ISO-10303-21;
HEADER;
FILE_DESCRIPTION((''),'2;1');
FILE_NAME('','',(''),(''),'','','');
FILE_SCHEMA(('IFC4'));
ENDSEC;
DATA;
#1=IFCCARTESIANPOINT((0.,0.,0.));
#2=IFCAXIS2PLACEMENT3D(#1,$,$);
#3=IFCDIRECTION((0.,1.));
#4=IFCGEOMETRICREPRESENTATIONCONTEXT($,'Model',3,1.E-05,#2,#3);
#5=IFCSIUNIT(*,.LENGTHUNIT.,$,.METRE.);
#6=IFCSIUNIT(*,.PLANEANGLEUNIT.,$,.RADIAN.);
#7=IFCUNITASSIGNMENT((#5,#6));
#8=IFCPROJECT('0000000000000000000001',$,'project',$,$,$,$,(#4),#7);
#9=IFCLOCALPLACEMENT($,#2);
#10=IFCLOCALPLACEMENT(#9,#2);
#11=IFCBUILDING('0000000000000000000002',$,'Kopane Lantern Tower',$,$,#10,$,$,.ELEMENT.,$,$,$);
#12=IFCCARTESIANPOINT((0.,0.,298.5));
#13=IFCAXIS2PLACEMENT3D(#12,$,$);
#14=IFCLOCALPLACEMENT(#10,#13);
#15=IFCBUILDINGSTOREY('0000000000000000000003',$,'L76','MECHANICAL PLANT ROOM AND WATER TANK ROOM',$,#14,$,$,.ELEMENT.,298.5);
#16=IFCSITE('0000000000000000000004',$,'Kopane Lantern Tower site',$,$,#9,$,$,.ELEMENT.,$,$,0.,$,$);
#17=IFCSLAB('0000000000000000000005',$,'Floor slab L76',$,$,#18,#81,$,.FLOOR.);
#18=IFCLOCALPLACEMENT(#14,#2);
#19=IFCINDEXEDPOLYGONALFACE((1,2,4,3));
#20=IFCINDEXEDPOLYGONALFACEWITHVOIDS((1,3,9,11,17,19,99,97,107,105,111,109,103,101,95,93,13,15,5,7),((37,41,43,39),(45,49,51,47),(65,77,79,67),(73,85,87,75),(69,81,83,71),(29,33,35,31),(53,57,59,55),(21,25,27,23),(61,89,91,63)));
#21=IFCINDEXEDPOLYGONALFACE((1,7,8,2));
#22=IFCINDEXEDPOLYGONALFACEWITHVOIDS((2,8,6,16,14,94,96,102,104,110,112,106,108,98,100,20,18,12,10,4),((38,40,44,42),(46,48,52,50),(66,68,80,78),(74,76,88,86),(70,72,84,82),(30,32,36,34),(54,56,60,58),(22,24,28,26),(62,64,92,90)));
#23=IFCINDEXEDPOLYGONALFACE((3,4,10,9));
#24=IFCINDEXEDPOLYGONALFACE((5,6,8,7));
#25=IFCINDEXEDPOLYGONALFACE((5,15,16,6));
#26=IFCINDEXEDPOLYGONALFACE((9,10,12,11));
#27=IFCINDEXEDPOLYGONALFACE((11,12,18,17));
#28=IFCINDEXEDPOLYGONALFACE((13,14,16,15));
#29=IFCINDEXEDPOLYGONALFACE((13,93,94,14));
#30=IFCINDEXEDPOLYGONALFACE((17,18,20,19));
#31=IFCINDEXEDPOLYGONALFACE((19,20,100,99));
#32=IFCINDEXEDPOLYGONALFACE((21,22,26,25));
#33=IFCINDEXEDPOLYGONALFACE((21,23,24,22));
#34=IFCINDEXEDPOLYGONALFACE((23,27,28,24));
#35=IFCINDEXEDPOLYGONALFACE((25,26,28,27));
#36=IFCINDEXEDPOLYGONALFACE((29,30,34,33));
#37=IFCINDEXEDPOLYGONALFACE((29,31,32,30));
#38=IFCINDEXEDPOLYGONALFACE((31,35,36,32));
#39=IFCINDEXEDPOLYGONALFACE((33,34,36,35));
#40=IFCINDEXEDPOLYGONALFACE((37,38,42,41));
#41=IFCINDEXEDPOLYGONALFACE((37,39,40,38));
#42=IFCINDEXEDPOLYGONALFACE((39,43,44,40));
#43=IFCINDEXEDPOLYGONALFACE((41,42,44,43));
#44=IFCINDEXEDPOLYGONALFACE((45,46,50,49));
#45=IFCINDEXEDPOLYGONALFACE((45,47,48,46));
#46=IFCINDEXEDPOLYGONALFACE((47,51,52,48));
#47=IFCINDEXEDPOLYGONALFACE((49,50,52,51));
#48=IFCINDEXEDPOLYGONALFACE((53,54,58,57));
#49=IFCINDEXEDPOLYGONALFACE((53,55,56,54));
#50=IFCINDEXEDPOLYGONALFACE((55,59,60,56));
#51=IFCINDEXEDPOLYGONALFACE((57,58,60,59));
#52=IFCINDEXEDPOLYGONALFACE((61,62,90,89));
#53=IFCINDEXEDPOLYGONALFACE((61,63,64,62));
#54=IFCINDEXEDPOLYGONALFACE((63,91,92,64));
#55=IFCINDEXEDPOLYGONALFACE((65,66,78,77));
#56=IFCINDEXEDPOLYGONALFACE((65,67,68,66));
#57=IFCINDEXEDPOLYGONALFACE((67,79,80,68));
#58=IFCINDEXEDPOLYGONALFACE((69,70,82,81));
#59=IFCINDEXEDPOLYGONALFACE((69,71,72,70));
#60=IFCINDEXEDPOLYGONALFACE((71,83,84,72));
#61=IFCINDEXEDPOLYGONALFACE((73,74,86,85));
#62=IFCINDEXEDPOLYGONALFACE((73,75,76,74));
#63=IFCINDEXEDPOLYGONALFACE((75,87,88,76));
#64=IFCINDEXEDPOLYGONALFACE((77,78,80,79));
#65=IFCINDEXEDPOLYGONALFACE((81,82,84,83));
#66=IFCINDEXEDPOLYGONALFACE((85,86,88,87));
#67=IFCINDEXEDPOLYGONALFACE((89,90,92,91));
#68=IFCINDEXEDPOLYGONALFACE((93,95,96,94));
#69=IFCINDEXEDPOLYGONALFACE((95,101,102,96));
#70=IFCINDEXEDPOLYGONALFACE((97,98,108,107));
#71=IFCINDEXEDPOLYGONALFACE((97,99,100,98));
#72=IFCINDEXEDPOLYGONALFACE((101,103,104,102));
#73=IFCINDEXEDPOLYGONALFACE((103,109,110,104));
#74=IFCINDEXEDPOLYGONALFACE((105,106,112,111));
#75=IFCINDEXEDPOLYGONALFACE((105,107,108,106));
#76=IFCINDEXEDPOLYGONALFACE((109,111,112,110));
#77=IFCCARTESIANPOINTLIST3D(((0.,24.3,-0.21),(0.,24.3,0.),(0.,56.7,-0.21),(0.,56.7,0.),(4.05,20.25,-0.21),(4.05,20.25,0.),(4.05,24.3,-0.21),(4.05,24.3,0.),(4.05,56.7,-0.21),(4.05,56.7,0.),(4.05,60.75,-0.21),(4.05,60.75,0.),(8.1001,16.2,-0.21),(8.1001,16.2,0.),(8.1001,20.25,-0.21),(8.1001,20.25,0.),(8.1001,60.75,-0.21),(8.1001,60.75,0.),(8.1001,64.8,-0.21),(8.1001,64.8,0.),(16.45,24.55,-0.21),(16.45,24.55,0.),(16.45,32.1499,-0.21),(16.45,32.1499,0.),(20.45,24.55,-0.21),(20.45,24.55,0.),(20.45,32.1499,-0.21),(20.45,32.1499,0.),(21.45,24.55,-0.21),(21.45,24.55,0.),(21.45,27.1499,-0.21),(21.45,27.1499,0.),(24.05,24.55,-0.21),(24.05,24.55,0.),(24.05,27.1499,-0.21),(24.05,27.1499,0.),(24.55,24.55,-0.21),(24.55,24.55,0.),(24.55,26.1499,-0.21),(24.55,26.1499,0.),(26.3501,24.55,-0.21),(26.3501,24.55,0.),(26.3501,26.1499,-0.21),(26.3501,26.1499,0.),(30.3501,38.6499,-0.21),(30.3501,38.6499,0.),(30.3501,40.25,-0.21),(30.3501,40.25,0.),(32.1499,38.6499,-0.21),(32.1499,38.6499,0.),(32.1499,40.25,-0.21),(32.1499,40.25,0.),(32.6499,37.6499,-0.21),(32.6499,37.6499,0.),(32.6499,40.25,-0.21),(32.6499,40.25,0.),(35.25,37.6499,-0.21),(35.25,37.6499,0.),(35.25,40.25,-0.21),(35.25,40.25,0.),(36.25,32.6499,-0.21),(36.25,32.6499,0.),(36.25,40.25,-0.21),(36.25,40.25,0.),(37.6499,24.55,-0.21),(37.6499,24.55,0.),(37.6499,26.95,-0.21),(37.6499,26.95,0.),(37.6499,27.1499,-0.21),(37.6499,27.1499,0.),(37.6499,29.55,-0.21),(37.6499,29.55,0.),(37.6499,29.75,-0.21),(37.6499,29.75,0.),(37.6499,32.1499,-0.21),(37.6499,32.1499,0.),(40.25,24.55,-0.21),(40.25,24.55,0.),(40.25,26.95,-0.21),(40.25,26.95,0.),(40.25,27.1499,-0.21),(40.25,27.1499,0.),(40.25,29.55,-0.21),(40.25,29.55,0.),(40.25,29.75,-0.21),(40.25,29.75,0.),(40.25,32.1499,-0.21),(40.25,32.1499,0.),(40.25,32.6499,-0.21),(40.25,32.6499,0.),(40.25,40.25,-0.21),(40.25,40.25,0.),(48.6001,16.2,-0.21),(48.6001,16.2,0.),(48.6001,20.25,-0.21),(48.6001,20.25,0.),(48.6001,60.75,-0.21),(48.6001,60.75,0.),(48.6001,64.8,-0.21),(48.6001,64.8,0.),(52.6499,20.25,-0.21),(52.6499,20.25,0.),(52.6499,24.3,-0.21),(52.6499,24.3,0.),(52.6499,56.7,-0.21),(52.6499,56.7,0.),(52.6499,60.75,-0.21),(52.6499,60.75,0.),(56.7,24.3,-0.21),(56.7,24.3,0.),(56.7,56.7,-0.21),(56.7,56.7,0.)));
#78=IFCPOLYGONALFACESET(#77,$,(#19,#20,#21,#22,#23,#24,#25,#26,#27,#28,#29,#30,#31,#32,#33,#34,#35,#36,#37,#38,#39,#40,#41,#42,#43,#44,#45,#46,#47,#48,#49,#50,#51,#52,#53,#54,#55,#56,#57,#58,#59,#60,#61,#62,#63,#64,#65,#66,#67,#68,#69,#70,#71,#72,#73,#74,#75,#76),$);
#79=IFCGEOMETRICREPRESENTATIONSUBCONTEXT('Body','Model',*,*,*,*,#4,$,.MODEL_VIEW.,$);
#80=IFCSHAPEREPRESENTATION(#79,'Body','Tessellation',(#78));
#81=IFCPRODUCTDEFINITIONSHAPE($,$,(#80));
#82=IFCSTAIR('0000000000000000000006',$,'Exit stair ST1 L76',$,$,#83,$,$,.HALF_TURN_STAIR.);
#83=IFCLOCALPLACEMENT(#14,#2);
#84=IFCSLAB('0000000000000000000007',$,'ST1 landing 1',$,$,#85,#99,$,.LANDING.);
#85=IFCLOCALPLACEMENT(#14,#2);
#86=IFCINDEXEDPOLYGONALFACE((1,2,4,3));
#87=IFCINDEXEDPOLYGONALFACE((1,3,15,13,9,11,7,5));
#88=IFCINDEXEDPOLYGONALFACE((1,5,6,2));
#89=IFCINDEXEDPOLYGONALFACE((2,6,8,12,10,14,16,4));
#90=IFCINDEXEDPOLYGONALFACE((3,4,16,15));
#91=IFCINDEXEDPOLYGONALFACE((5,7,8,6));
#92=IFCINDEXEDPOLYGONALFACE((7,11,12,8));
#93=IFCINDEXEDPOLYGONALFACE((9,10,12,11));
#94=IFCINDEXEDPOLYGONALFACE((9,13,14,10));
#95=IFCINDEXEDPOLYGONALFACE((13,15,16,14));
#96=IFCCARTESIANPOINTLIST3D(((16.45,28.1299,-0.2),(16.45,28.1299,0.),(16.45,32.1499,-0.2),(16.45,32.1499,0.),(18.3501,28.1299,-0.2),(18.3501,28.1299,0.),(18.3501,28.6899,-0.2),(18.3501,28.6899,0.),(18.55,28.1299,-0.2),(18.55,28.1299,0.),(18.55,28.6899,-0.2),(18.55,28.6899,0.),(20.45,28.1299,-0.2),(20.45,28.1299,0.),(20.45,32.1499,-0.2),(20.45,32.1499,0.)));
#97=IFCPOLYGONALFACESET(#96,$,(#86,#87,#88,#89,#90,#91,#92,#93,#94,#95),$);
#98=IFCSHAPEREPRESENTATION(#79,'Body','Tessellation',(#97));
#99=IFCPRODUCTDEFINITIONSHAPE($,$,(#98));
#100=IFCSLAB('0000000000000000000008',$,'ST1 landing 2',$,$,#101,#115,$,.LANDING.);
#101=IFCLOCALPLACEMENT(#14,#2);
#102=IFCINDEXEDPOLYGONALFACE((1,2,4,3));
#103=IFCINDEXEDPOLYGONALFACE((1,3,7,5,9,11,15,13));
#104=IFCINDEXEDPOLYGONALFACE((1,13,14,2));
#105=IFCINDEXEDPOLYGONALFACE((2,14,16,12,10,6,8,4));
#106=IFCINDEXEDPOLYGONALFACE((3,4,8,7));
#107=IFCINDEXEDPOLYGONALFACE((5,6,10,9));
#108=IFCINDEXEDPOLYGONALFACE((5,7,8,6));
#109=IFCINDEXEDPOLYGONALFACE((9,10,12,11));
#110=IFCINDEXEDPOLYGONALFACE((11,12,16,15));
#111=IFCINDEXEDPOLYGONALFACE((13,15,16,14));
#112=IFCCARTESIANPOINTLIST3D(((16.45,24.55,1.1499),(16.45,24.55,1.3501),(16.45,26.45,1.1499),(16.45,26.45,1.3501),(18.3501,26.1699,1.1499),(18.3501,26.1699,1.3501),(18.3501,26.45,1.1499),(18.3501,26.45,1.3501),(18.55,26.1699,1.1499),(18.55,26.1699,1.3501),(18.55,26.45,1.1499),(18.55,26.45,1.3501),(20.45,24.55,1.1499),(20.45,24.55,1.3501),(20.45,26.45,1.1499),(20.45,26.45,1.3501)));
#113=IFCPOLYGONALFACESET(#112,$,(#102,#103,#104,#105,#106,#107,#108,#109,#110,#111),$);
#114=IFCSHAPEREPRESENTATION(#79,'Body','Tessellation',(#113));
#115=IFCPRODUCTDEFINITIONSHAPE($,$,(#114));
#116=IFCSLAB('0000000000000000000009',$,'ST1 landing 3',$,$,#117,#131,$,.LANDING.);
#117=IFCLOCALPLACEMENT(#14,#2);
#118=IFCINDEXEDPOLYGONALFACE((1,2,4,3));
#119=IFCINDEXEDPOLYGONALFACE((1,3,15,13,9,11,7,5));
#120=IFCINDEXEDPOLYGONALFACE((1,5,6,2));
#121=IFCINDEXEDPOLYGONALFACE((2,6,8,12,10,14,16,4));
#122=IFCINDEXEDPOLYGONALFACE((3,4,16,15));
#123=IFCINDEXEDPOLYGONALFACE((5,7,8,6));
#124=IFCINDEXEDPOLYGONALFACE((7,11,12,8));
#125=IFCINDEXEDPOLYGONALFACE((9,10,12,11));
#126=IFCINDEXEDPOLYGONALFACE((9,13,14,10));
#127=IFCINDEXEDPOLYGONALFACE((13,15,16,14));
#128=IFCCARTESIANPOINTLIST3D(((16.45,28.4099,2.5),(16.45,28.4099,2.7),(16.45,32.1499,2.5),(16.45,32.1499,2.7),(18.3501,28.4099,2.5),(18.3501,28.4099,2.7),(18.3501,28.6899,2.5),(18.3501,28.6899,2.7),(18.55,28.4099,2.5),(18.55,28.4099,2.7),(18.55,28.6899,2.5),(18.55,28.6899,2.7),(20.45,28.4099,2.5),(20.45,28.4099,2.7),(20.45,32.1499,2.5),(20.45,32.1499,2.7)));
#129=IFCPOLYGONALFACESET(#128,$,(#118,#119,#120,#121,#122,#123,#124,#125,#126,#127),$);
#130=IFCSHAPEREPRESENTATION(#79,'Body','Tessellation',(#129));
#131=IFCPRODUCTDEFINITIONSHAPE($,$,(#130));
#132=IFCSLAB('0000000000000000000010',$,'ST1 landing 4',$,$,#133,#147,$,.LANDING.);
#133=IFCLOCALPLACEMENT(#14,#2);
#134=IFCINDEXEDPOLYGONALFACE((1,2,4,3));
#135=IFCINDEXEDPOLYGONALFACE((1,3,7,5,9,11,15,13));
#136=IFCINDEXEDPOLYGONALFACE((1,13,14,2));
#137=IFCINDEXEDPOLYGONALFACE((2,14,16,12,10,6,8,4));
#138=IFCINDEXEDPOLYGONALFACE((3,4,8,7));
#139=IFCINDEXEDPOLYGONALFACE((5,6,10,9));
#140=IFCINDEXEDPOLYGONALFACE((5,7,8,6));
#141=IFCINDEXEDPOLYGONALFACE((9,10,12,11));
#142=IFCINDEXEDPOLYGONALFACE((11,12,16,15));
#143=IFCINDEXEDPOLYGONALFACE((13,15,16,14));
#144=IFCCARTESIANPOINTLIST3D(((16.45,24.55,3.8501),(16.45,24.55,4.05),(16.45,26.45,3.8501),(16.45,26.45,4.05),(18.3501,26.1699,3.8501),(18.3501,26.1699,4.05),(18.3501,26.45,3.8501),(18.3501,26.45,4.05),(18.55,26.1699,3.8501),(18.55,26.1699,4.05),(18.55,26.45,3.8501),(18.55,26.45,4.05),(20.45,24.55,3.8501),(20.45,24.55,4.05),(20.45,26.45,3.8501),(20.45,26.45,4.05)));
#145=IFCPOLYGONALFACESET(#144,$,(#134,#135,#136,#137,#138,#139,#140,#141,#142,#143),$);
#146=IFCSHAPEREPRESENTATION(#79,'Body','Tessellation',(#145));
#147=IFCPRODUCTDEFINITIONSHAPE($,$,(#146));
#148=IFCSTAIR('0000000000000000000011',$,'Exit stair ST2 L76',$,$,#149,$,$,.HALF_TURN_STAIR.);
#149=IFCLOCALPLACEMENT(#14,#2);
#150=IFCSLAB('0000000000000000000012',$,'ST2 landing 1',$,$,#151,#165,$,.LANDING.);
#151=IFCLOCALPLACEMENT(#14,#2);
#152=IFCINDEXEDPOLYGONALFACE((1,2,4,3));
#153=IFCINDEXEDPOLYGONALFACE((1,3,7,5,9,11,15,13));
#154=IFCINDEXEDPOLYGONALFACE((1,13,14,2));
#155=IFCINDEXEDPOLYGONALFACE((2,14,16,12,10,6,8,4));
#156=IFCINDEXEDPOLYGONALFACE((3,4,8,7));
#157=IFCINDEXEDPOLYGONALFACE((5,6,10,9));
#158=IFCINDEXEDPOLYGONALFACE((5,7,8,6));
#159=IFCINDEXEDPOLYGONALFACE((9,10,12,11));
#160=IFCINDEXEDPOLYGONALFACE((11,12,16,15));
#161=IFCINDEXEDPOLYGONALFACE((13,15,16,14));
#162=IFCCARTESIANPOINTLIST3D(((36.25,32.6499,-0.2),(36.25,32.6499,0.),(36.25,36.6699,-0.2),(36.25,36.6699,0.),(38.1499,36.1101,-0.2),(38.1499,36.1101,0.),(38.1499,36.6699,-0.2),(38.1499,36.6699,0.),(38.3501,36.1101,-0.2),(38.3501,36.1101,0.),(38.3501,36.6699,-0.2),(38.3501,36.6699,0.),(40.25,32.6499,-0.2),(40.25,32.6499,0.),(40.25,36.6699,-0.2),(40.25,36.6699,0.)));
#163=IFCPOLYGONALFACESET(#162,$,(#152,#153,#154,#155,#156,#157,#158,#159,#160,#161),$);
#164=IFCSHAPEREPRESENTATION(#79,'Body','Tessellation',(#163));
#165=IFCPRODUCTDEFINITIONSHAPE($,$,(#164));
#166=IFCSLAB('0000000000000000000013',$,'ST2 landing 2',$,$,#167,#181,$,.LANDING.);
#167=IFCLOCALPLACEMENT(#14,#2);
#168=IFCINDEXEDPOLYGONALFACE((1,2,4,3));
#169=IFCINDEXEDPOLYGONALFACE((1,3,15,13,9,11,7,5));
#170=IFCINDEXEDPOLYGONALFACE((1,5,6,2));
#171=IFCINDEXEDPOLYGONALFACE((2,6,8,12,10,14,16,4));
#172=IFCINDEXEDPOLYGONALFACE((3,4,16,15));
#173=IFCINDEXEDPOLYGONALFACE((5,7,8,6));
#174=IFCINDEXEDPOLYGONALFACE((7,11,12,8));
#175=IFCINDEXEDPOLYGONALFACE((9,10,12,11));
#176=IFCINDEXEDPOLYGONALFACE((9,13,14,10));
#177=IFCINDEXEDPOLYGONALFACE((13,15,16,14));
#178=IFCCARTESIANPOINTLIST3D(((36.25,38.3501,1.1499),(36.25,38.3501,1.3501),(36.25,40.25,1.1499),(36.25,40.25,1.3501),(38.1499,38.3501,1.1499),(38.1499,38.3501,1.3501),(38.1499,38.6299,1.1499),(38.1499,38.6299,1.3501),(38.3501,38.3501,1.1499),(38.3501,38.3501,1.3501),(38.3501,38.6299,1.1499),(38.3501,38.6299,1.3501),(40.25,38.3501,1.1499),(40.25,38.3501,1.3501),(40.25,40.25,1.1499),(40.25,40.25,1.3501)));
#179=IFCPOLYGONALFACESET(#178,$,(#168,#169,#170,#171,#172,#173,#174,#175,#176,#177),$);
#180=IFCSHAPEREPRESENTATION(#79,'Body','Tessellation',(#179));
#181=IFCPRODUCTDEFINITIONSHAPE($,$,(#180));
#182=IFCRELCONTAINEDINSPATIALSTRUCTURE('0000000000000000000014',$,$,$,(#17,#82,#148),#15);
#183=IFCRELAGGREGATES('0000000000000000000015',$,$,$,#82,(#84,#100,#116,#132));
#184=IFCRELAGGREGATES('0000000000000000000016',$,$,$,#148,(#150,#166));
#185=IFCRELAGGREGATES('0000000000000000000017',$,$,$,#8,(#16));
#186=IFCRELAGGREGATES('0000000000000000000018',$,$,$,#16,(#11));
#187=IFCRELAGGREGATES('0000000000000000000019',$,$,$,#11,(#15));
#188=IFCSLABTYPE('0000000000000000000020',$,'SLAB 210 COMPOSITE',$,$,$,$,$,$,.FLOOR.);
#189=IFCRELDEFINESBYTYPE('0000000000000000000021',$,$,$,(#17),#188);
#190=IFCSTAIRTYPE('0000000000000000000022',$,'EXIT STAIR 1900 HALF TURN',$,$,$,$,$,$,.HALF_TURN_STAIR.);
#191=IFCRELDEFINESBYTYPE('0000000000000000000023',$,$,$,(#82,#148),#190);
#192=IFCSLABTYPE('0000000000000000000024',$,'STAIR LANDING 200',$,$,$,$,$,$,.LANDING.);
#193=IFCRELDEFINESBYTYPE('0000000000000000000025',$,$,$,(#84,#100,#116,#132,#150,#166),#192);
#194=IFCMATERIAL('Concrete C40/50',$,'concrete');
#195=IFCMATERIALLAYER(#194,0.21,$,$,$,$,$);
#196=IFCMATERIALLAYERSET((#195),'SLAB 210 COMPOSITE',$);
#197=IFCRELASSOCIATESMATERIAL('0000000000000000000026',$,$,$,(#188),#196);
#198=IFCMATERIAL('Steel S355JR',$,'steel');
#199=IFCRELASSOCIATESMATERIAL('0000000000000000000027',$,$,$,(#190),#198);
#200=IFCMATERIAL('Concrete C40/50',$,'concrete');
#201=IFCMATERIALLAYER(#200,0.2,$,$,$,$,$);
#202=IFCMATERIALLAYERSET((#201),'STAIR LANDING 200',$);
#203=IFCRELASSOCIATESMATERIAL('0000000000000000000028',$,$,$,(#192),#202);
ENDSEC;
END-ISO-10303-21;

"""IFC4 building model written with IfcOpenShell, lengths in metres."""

from ifc_helpers import new_model, si_unit, direction, frame, origin, place, context, subcontext, project, spatial, polyline, outline, extrude, material, layer, layer_set, type_object, element, aggregate, save


model = new_model("IFC4")

# Units and contexts
model_context = context("Model", 3, precision=1e-05, world=origin(), true_north=direction((0.0, 1.0)))
body_context = subcontext(model_context, "Body", "Model", "MODEL_VIEW")
ifc_project = project(units=[si_unit("LENGTHUNIT", "METRE"), si_unit("PLANEANGLEUNIT", "RADIAN")], contexts=[model_context])

# Site, building, storey
site_placement = place(None, origin())
site = spatial("IfcSite", under=ifc_project, at=site_placement, Name="Kopane Lantern Tower site", CompositionType="ELEMENT", RefElevation=0.0)
building_placement = place(site_placement, origin())
building = spatial("IfcBuilding", under=site, at=building_placement, Name="Kopane Lantern Tower", CompositionType="ELEMENT")
storey_placement = place(building_placement, frame((0.0, 0.0, 298.5)))
storey = spatial("IfcBuildingStorey", under=building, at=storey_placement, Name="L76", Description="MECHANICAL PLANT ROOM AND WATER TANK ROOM", CompositionType="ELEMENT", Elevation=298.5)

# Slab
ifc_material_1 = material(Name="Concrete C40/50", Category="concrete")
ifc_layer_1 = layer(ifc_material_1, 0.21)
ifc_layer_set_1 = layer_set([ifc_layer_1], Name="SLAB 210 COMPOSITE")
slab_type_1 = type_object("IfcSlabType", Name="SLAB 210 COMPOSITE", PredefinedType="FLOOR", material=ifc_layer_set_1)
slab_1_placement = place(storey_placement, frame((0.0, 0.0, -0.21)))
element("IfcSlab", 1, at=slab_1_placement, inside=storey, type_object=slab_type_1, Name="Floor slab L76", PredefinedType="FLOOR", context=body_context, shape_type="SweptSolid", body=[
    extrude(outline(polyline([(8.1001, 16.2), (48.6001, 16.2), (48.6001, 20.25), (52.6499, 20.25), (52.6499, 24.3), (56.7, 24.3), (56.7, 56.7), (52.6499, 56.7), (52.6499, 60.75), (48.6001, 60.75), (48.6001, 64.8), (8.1001, 64.8), (8.1001, 60.75), (4.05, 60.75), (4.05, 56.7), (0.0, 56.7), (0.0, 24.3), (4.05, 24.3), (4.05, 20.25), (8.1001, 20.25), (8.1001, 16.2)]), holes=[polyline([(16.45, 24.55), (20.45, 24.55), (20.45, 32.1499), (16.45, 32.1499), (16.45, 24.55)]), polyline([(36.25, 32.6499), (40.25, 32.6499), (40.25, 40.25), (36.25, 40.25), (36.25, 32.6499)]), polyline([(37.6499, 24.55), (40.25, 24.55), (40.25, 26.95), (37.6499, 26.95), (37.6499, 24.55)]), polyline([(37.6499, 27.1499), (40.25, 27.1499), (40.25, 29.55), (37.6499, 29.55), (37.6499, 27.1499)]), polyline([(37.6499, 29.75), (40.25, 29.75), (40.25, 32.1499), (37.6499, 32.1499), (37.6499, 29.75)]), polyline([(21.45, 24.55), (24.05, 24.55), (24.05, 27.1499), (21.45, 27.1499), (21.45, 24.55)]), polyline([(32.6499, 37.6499), (35.25, 37.6499), (35.25, 40.25), (32.6499, 40.25), (32.6499, 37.6499)]), polyline([(24.55, 24.55), (26.3501, 24.55), (26.3501, 26.1499), (24.55, 26.1499), (24.55, 24.55)]), polyline([(30.3501, 38.6499), (32.1499, 38.6499), (32.1499, 40.25), (30.3501, 40.25), (30.3501, 38.6499)])]), origin(), (0.0, 0.0, 1.0), 0.21),
])

# Stairs, slabs
ifc_material_2 = material(Name="Steel S355JR", Category="steel")
stair_type = type_object("IfcStairType", Name="EXIT STAIR 1900 HALF TURN", PredefinedType="HALF_TURN_STAIR", material=ifc_material_2)
stair_1_placement = place(storey_placement, origin())
stair_1 = element("IfcStair", 2, at=stair_1_placement, inside=storey, type_object=stair_type, Name="Exit stair ST1 L76", PredefinedType="HALF_TURN_STAIR")
ifc_material_3 = material(Name="Concrete C40/50", Category="concrete")
ifc_layer_2 = layer(ifc_material_3, 0.2)
ifc_layer_set_2 = layer_set([ifc_layer_2], Name="STAIR LANDING 200")
slab_type_2 = type_object("IfcSlabType", Name="STAIR LANDING 200", PredefinedType="LANDING", material=ifc_layer_set_2)
slab_2_placement = place(storey_placement, frame((0.0, 0.0, -0.2)))
slab_2 = element("IfcSlab", 3, at=slab_2_placement, type_object=slab_type_2, Name="ST1 landing 1", PredefinedType="LANDING", context=body_context, shape_type="SweptSolid", body=[
    extrude(outline(polyline([(18.3501, 28.6899), (18.55, 28.6899), (18.55, 28.1299), (20.45, 28.1299), (20.45, 32.1499), (16.45, 32.1499), (16.45, 28.1299), (18.3501, 28.1299), (18.3501, 28.6899)])), origin(), (0.0, 0.0, 1.0), 0.2),
])
slab_3_placement = place(storey_placement, frame((0.0, 0.0, 1.1499)))
slab_3 = element("IfcSlab", 4, at=slab_3_placement, type_object=slab_type_2, Name="ST1 landing 2", PredefinedType="LANDING", context=body_context, shape_type="SweptSolid", body=[
    extrude(outline(polyline([(20.45, 26.45), (18.55, 26.45), (18.55, 26.1699), (18.3501, 26.1699), (18.3501, 26.45), (16.45, 26.45), (16.45, 24.55), (20.45, 24.55), (20.45, 26.45)])), origin(), (0.0, 0.0, 1.0), 0.2002),
])
slab_4_placement = place(storey_placement, frame((0.0, 0.0, 2.5)))
slab_4 = element("IfcSlab", 5, at=slab_4_placement, type_object=slab_type_2, Name="ST1 landing 3", PredefinedType="LANDING", context=body_context, shape_type="SweptSolid", body=[
    extrude(outline(polyline([(18.3501, 28.6899), (18.55, 28.6899), (18.55, 28.4099), (20.45, 28.4099), (20.45, 32.1499), (16.45, 32.1499), (16.45, 28.4099), (18.3501, 28.4099), (18.3501, 28.6899)])), origin(), (0.0, 0.0, 1.0), 0.2),
])
slab_5_placement = place(storey_placement, frame((0.0, 0.0, 3.8501)))
slab_5 = element("IfcSlab", 6, at=slab_5_placement, type_object=slab_type_2, Name="ST1 landing 4", PredefinedType="LANDING", context=body_context, shape_type="SweptSolid", body=[
    extrude(outline(polyline([(20.45, 26.45), (18.55, 26.45), (18.55, 26.1699), (18.3501, 26.1699), (18.3501, 26.45), (16.45, 26.45), (16.45, 24.55), (20.45, 24.55), (20.45, 26.45)])), origin(), (0.0, 0.0, 1.0), 0.2),
])
aggregate(stair_1, [slab_2, slab_3, slab_4, slab_5])
stair_2_placement = place(storey_placement, origin())
stair_2 = element("IfcStair", 7, at=stair_2_placement, inside=storey, type_object=stair_type, Name="Exit stair ST2 L76", PredefinedType="HALF_TURN_STAIR")
slab_6_placement = place(storey_placement, frame((0.0, 0.0, -0.2)))
slab_6 = element("IfcSlab", 8, at=slab_6_placement, type_object=slab_type_2, Name="ST2 landing 1", PredefinedType="LANDING", context=body_context, shape_type="SweptSolid", body=[
    extrude(outline(polyline([(40.25, 36.6699), (38.3501, 36.6699), (38.3501, 36.1101), (38.1499, 36.1101), (38.1499, 36.6699), (36.25, 36.6699), (36.25, 32.6499), (40.25, 32.6499), (40.25, 36.6699)])), origin(), (0.0, 0.0, 1.0), 0.2),
])
slab_7_placement = place(storey_placement, frame((0.0, 0.0, 1.1499)))
slab_7 = element("IfcSlab", 9, at=slab_7_placement, type_object=slab_type_2, Name="ST2 landing 2", PredefinedType="LANDING", context=body_context, shape_type="SweptSolid", body=[
    extrude(outline(polyline([(38.1499, 38.6299), (38.3501, 38.6299), (38.3501, 38.3501), (40.25, 38.3501), (40.25, 40.25), (36.25, 40.25), (36.25, 38.3501), (38.1499, 38.3501), (38.1499, 38.6299)])), origin(), (0.0, 0.0, 1.0), 0.2002),
])
aggregate(stair_2, [slab_6, slab_7])

save(model, "model.ifc")
